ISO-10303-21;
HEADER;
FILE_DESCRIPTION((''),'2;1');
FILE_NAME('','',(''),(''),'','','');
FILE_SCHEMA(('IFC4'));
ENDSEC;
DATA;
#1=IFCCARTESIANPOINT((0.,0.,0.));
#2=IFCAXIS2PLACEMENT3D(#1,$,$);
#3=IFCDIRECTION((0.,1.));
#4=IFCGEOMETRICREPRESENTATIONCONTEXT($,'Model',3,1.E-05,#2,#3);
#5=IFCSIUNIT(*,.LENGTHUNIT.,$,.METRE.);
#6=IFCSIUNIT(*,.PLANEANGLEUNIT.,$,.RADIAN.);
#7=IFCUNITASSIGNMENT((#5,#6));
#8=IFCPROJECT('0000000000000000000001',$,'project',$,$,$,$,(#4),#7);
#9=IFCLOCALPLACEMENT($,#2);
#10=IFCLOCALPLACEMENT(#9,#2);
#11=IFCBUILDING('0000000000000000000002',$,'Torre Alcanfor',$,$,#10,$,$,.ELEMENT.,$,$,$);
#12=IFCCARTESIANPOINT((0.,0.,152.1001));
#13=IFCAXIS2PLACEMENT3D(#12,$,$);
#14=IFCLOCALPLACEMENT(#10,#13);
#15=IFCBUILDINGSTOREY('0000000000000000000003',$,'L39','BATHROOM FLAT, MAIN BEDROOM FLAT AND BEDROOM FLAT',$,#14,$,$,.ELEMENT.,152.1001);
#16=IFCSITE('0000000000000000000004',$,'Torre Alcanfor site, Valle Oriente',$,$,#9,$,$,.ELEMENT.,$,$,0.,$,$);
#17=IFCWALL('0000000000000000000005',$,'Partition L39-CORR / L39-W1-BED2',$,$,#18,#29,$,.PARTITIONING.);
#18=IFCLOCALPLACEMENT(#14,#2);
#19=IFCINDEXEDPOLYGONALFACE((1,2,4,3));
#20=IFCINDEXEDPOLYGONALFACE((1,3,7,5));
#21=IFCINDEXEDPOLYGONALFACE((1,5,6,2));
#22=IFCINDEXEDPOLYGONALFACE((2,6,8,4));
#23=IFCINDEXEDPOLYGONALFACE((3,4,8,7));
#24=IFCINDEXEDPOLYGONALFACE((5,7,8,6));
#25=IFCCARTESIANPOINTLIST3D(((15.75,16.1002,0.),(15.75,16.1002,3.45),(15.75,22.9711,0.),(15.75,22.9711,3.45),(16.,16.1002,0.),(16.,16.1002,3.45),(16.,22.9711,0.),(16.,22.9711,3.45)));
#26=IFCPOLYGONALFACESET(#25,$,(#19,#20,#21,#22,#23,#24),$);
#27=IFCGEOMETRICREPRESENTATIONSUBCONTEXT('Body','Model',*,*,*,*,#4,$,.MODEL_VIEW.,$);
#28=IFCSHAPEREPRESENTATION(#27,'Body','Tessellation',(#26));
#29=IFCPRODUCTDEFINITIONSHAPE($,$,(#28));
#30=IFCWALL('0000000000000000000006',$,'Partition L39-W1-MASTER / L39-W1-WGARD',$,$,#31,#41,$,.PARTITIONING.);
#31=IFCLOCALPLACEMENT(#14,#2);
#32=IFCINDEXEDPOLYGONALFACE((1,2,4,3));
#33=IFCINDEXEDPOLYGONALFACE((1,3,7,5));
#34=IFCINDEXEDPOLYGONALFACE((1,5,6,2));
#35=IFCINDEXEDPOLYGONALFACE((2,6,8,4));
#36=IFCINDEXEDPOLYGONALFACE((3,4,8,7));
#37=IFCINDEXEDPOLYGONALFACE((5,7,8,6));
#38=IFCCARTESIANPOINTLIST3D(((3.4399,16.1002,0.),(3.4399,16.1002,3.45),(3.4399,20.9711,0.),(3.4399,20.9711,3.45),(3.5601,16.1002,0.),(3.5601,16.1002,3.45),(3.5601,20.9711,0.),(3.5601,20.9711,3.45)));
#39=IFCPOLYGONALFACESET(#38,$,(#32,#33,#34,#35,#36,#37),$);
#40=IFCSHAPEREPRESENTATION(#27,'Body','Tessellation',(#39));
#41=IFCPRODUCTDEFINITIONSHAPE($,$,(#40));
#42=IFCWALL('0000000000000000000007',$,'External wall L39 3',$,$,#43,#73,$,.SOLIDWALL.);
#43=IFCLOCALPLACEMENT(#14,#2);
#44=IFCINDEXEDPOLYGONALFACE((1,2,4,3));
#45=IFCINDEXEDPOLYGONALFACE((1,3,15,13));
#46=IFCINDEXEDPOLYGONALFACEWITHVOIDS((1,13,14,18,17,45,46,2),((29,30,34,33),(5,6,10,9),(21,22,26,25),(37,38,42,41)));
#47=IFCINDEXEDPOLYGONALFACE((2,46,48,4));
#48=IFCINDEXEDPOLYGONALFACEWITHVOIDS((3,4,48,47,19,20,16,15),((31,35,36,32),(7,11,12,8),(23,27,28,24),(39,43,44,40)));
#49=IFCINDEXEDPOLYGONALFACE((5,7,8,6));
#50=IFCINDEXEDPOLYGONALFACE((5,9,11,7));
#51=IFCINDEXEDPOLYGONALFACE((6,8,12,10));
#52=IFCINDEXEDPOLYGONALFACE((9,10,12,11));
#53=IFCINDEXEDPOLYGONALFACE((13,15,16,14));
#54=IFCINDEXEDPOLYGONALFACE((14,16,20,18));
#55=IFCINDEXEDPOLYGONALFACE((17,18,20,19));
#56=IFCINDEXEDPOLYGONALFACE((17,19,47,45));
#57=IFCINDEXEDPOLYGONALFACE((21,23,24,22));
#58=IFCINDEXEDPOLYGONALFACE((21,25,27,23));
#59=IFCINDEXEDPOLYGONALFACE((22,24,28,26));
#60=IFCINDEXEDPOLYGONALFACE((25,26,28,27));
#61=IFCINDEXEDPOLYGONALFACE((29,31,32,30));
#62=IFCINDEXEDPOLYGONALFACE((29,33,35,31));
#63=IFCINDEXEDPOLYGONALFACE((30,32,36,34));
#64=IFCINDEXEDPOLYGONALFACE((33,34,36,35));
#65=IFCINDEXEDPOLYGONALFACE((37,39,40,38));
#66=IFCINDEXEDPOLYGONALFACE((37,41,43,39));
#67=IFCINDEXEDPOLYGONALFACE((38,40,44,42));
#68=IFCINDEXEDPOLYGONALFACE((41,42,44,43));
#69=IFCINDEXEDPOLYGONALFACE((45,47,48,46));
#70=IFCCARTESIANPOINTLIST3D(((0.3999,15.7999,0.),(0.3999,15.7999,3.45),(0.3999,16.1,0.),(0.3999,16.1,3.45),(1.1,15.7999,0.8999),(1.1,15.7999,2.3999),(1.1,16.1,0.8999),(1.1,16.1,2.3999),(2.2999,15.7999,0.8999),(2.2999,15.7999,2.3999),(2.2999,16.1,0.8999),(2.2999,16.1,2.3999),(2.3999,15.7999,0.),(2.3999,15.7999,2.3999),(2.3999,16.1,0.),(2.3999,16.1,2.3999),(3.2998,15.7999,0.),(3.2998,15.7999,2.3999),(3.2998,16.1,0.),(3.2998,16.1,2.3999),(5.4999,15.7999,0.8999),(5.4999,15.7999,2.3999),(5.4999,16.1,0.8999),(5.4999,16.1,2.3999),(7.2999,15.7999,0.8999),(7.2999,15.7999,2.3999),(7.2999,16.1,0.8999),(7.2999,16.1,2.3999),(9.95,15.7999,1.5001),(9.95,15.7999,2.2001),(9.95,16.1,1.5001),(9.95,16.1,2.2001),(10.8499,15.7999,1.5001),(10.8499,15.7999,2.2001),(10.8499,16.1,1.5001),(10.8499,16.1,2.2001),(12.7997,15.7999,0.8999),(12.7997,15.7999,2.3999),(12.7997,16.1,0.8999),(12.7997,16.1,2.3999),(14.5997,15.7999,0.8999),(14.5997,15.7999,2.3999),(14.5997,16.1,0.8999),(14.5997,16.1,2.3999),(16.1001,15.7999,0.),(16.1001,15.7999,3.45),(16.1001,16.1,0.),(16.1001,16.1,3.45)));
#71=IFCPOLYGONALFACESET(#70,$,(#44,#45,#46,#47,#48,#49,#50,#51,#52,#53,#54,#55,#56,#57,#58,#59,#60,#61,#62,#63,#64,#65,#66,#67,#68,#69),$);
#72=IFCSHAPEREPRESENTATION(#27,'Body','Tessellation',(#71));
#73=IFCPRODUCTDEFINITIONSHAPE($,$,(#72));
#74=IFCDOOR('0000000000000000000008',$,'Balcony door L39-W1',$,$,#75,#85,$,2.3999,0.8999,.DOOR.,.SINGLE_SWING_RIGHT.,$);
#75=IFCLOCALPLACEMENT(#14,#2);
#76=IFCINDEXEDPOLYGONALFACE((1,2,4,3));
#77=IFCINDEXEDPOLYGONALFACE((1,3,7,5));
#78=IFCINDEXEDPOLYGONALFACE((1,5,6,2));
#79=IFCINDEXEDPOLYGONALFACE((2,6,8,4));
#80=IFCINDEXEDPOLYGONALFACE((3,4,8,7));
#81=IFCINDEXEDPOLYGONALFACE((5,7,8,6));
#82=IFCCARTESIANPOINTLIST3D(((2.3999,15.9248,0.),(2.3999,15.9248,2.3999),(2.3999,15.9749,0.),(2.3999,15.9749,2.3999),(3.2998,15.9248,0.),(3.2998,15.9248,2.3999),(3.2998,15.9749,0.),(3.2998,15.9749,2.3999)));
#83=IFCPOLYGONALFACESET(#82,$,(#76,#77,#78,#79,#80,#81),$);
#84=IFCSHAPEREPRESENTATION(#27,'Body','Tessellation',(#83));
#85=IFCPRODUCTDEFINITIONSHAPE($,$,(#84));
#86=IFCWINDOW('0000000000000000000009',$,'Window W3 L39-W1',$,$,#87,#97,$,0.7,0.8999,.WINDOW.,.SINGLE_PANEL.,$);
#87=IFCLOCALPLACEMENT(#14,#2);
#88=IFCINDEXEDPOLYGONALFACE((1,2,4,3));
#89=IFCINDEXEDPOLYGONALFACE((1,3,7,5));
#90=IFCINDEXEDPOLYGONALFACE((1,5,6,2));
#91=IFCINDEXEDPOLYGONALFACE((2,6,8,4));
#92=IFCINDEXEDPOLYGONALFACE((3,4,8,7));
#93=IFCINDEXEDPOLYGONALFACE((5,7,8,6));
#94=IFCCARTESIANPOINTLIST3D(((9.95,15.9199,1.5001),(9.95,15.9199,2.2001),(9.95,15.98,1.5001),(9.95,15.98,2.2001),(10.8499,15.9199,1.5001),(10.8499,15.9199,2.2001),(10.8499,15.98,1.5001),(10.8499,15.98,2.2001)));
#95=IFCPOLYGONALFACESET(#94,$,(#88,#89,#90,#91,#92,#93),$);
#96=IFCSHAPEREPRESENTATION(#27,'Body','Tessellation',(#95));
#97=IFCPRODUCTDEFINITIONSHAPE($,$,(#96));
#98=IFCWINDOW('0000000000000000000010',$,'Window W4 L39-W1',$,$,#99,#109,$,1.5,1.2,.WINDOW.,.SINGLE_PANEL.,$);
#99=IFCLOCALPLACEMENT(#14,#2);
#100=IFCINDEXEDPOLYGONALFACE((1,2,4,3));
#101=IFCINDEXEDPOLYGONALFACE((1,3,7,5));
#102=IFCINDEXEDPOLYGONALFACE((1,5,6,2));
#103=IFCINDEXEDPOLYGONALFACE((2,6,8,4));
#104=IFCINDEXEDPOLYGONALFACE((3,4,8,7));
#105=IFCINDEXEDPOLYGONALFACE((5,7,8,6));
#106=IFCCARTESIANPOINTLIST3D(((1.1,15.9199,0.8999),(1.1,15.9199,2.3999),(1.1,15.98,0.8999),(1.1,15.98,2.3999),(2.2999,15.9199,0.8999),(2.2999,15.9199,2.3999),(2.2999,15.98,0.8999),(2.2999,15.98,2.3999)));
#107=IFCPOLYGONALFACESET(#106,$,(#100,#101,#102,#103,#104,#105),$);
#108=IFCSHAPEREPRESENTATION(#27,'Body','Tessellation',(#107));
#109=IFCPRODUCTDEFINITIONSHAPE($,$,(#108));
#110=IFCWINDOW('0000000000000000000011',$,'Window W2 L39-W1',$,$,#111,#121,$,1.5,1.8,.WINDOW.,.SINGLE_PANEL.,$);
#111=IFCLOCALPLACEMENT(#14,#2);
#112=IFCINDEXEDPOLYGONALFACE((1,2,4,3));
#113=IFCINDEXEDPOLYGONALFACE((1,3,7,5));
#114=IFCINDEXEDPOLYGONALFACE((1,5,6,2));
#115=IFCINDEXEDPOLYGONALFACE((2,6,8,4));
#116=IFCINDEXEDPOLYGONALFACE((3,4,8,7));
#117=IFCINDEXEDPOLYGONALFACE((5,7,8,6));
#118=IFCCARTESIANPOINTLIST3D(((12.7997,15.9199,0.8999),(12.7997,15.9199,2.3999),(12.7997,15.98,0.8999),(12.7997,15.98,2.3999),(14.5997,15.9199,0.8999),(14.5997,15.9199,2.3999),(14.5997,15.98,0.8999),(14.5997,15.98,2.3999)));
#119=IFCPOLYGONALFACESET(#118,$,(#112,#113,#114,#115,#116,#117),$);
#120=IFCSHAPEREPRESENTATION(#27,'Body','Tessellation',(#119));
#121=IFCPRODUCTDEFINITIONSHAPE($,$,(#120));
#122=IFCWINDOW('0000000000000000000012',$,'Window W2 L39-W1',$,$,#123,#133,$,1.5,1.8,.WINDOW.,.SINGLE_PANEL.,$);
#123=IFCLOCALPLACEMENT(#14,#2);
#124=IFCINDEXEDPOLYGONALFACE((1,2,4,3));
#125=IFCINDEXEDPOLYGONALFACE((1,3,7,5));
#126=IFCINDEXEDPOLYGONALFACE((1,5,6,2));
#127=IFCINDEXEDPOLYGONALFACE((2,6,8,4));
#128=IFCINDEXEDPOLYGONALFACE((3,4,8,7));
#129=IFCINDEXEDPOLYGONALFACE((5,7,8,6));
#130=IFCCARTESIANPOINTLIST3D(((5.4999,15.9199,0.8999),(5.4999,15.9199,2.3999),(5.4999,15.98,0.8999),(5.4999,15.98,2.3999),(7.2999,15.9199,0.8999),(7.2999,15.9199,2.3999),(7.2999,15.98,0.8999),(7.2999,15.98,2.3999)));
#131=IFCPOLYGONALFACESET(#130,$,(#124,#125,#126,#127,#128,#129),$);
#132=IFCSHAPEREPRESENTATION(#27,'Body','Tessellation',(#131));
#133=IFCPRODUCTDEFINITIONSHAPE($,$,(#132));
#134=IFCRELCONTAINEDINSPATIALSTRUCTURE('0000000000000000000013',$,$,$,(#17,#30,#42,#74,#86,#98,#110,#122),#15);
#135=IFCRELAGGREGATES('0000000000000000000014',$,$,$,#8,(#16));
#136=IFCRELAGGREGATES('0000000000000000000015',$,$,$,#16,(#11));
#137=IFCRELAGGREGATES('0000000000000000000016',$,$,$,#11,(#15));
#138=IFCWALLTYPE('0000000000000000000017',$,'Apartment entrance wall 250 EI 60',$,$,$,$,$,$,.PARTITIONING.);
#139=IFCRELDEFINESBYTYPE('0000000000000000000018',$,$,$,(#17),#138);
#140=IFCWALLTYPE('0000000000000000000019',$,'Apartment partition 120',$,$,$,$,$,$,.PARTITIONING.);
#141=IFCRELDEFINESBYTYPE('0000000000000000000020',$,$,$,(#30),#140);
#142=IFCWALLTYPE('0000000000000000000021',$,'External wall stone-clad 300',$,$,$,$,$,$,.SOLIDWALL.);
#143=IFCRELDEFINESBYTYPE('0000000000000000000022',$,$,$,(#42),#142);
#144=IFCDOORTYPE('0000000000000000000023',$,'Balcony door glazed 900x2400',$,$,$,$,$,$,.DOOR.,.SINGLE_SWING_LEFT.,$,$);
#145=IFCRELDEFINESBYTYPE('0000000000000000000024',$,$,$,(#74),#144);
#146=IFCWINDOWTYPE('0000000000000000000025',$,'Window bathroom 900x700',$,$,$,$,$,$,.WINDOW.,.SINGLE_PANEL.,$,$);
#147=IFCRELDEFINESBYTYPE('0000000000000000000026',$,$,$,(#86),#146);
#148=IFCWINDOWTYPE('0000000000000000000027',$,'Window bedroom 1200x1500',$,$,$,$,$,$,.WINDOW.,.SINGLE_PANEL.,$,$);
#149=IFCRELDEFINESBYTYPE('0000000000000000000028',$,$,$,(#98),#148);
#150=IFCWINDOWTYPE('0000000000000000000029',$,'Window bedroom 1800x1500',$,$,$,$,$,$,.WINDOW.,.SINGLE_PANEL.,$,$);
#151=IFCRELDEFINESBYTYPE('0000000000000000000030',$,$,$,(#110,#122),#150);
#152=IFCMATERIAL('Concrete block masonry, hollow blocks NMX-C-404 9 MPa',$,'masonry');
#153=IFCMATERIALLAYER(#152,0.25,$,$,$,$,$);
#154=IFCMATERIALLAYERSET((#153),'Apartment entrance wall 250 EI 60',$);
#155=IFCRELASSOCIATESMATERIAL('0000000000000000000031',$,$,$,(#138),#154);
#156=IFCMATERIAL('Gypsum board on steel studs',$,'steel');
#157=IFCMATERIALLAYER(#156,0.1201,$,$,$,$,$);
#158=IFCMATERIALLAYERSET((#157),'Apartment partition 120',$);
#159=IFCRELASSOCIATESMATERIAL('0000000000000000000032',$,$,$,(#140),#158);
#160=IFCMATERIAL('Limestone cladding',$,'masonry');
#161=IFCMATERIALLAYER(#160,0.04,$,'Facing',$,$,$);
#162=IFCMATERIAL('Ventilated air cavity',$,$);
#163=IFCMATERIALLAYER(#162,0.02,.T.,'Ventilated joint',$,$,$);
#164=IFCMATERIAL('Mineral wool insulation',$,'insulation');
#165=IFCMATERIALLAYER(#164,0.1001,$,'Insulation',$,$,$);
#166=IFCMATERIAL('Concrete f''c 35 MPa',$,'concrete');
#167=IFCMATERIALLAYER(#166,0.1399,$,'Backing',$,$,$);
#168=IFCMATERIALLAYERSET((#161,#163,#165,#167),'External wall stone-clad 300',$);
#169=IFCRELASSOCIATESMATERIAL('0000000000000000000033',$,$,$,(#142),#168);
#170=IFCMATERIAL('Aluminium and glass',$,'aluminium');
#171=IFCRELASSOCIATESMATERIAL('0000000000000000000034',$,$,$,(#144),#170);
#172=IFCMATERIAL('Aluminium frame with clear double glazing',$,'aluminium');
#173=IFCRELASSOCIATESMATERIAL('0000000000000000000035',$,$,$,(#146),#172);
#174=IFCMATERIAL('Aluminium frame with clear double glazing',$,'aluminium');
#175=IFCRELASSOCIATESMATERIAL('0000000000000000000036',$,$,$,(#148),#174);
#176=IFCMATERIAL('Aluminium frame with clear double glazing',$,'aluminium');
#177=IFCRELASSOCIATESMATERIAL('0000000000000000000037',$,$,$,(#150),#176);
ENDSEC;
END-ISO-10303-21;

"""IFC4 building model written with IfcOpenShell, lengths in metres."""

from ifc_helpers import new_model, si_unit, direction, frame, frame_2d, origin, place, context, subcontext, project, spatial, rectangle, extrude, material, layer, layer_set, type_object, element, fill, save


model = new_model("IFC4")

# Units and contexts
model_context = context("Model", 3, precision=1e-05, world=origin(), true_north=direction((0.0, 1.0)))
body_context = subcontext(model_context, "Body", "Model", "MODEL_VIEW")
ifc_project = project(units=[si_unit("LENGTHUNIT", "METRE"), si_unit("PLANEANGLEUNIT", "RADIAN")], contexts=[model_context])

# Site, building, storey
site_placement = place(None, origin())
site = spatial("IfcSite", under=ifc_project, at=site_placement, Name="Torre Alcanfor site, Valle Oriente", CompositionType="ELEMENT", RefElevation=0.0)
building_placement = place(site_placement, origin())
building = spatial("IfcBuilding", under=site, at=building_placement, Name="Torre Alcanfor", CompositionType="ELEMENT")
storey_placement = place(building_placement, frame((0.0, 0.0, 152.1001)))
storey = spatial("IfcBuildingStorey", under=building, at=storey_placement, Name="L39", Description="BATHROOM FLAT, MAIN BEDROOM FLAT AND BEDROOM FLAT", CompositionType="ELEMENT", Elevation=152.1001)

# Walls
ifc_material_1 = material(Name="Concrete block masonry, hollow blocks NMX-C-404 9 MPa", Category="masonry")
ifc_layer_1 = layer(ifc_material_1, 0.25)
ifc_layer_set_1 = layer_set([ifc_layer_1], Name="Apartment entrance wall 250 EI 60")
wall_type_1 = type_object("IfcWallType", Name="Apartment entrance wall 250 EI 60", PredefinedType="PARTITIONING", material=ifc_layer_set_1)
wall_1_placement = place(storey_placement, frame((15.875, 16.1001, 0.0), z_axis=(0.0, 0.0, 1.0), x_axis=(0.0, 1.0, 0.0)))
element("IfcWall", 1, at=wall_1_placement, inside=storey, type_object=wall_type_1, Name="Partition L39-CORR / L39-W1-BED2", PredefinedType="PARTITIONING", context=body_context, shape_type="SweptSolid", body=[
    extrude(rectangle(XDim=6.8708, YDim=0.25, at=frame_2d((3.4355, 0.0))), origin(), (0.0, 0.0, 1.0), 3.45),
])
ifc_material_2 = material(Name="Gypsum board on steel studs", Category="steel")
ifc_layer_2 = layer(ifc_material_2, 0.1201)
ifc_layer_set_2 = layer_set([ifc_layer_2], Name="Apartment partition 120")
wall_type_2 = type_object("IfcWallType", Name="Apartment partition 120", PredefinedType="PARTITIONING", material=ifc_layer_set_2)
wall_2_placement = place(storey_placement, frame((3.5, 16.1001, 0.0), z_axis=(0.0, 0.0, 1.0), x_axis=(0.0, 1.0, 0.0)))
element("IfcWall", 2, at=wall_2_placement, inside=storey, type_object=wall_type_2, Name="Partition L39-W1-MASTER / L39-W1-WGARD", PredefinedType="PARTITIONING", context=body_context, shape_type="SweptSolid", body=[
    extrude(rectangle(XDim=4.8708, YDim=0.1201, at=frame_2d((2.4355, 0.0))), origin(), (0.0, 0.0, 1.0), 3.45),
])

# Wall, openings, door, windows
ifc_material_3 = material(Name="Limestone cladding", Category="masonry")
ifc_layer_3 = layer(ifc_material_3, 0.04, Name="Facing")
ifc_material_4 = material(Name="Ventilated air cavity")
ifc_layer_4 = layer(ifc_material_4, 0.02, ventilated=True, Name="Ventilated joint")
ifc_material_5 = material(Name="Mineral wool insulation", Category="insulation")
ifc_layer_5 = layer(ifc_material_5, 0.1001, Name="Insulation")
ifc_material_6 = material(Name="Concrete f'c 35 MPa", Category="concrete")
ifc_layer_6 = layer(ifc_material_6, 0.1399, Name="Backing")
ifc_layer_set_3 = layer_set([ifc_layer_3, ifc_layer_4, ifc_layer_5, ifc_layer_6], Name="External wall stone-clad 300")
wall_type_3 = type_object("IfcWallType", Name="External wall stone-clad 300", PredefinedType="SOLIDWALL", material=ifc_layer_set_3)
wall_3_placement = place(storey_placement, frame((0.3999, 15.95, 0.0), z_axis=(0.0, 0.0, 1.0), x_axis=(1.0, 0.0, 0.0)))
wall_3 = element("IfcWall", 3, at=wall_3_placement, inside=storey, type_object=wall_type_3, Name="External wall L39 3", PredefinedType="SOLIDWALL", context=body_context, shape_type="SweptSolid", body=[
    extrude(rectangle(XDim=15.7002, YDim=0.3, at=frame_2d((7.8501, 0.0))), origin(), (0.0, 0.0, 1.0), 3.45),
])
opening_1_placement = place(wall_3_placement, frame((12.3999, 0.0, 0.8999)))
opening_1 = element("IfcOpeningElement", 4, at=opening_1_placement, cuts=wall_3, PredefinedType="OPENING", context=body_context, shape_type="SweptSolid", body=[
    extrude(rectangle(XDim=1.8, YDim=1.5, at=frame_2d((0.8999, 0.75))), frame((0.0, 0.1599, 0.0), z_axis=(0.0, -1.0, 0.0), x_axis=(1.0, 0.0, 0.0)), (0.0, 0.0, 1.0), 0.3201),
])
opening_2_placement = place(wall_3_placement, frame((9.55, 0.0, 1.5)))
opening_2 = element("IfcOpeningElement", 5, at=opening_2_placement, cuts=wall_3, PredefinedType="OPENING", context=body_context, shape_type="SweptSolid", body=[
    extrude(rectangle(XDim=0.8999, YDim=0.7, at=frame_2d((0.45, 0.3501))), frame((0.0, 0.1599, 0.0), z_axis=(0.0, -1.0, 0.0), x_axis=(1.0, 0.0, 0.0)), (0.0, 0.0, 1.0), 0.3201),
])
opening_3_placement = place(wall_3_placement, frame((5.1001, 0.0, 0.8999)))
opening_3 = element("IfcOpeningElement", 6, at=opening_3_placement, cuts=wall_3, PredefinedType="OPENING", context=body_context, shape_type="SweptSolid", body=[
    extrude(rectangle(XDim=1.8, YDim=1.5, at=frame_2d((0.8999, 0.75))), frame((0.0, 0.1599, 0.0), z_axis=(0.0, -1.0, 0.0), x_axis=(1.0, 0.0, 0.0)), (0.0, 0.0, 1.0), 0.3201),
])
opening_4_placement = place(wall_3_placement, frame((2.0, 0.0, 0.0)))
opening_4 = element("IfcOpeningElement", 7, at=opening_4_placement, cuts=wall_3, PredefinedType="OPENING", context=body_context, shape_type="SweptSolid", body=[
    extrude(rectangle(XDim=0.8999, YDim=2.3999, at=frame_2d((0.45, 1.2))), frame((0.0, 0.1599, 0.0), z_axis=(0.0, -1.0, 0.0), x_axis=(1.0, 0.0, 0.0)), (0.0, 0.0, 1.0), 0.3201),
])
opening_5_placement = place(wall_3_placement, frame((0.7, 0.0, 0.8999)))
opening_5 = element("IfcOpeningElement", 8, at=opening_5_placement, cuts=wall_3, PredefinedType="OPENING", context=body_context, shape_type="SweptSolid", body=[
    extrude(rectangle(XDim=1.2, YDim=1.5, at=frame_2d((0.6001, 0.75))), frame((0.0, 0.1599, 0.0), z_axis=(0.0, -1.0, 0.0), x_axis=(1.0, 0.0, 0.0)), (0.0, 0.0, 1.0), 0.3201),
])
ifc_material_7 = material(Name="Aluminium and glass", Category="aluminium")
door_type = type_object("IfcDoorType", Name="Balcony door glazed 900x2400", OperationType="SINGLE_SWING_LEFT", PredefinedType="DOOR", material=ifc_material_7)
door_placement = place(opening_4_placement, origin())
door = element("IfcDoor", 9, at=door_placement, inside=storey, type_object=door_type, Name="Balcony door L39-W1", OperationType="SINGLE_SWING_RIGHT", OverallHeight=2.3999, OverallWidth=0.8999, PredefinedType="DOOR", context=body_context, shape_type="SweptSolid", body=[
    extrude(rectangle(XDim=0.8999, YDim=2.3999, at=frame_2d((0.45, 1.2))), frame((0.0, 0.0249, 0.0), z_axis=(0.0, -1.0, 0.0), x_axis=(1.0, 0.0, 0.0)), (0.0, 0.0, 1.0), 0.05),
])
fill(opening_4, door)
ifc_material_8 = material(Name="Aluminium frame with clear double glazing", Category="aluminium")
window_type_1 = type_object("IfcWindowType", Name="Window bathroom 900x700", PartitioningType="SINGLE_PANEL", PredefinedType="WINDOW", material=ifc_material_8)
window_1_placement = place(opening_2_placement, origin())
window_1 = element("IfcWindow", 10, at=window_1_placement, inside=storey, type_object=window_type_1, Name="Window W3 L39-W1", OverallHeight=0.7, OverallWidth=0.8999, PartitioningType="SINGLE_PANEL", PredefinedType="WINDOW", context=body_context, shape_type="SweptSolid", body=[
    extrude(rectangle(XDim=0.8999, YDim=0.7, at=frame_2d((0.45, 0.3501))), frame((0.0, 0.03, 0.0), z_axis=(0.0, -1.0, 0.0), x_axis=(1.0, 0.0, 0.0)), (0.0, 0.0, 1.0), 0.0601),
])
fill(opening_2, window_1)
ifc_material_9 = material(Name="Aluminium frame with clear double glazing", Category="aluminium")
window_type_2 = type_object("IfcWindowType", Name="Window bedroom 1200x1500", PartitioningType="SINGLE_PANEL", PredefinedType="WINDOW", material=ifc_material_9)
window_2_placement = place(opening_5_placement, origin())
window_2 = element("IfcWindow", 11, at=window_2_placement, inside=storey, type_object=window_type_2, Name="Window W4 L39-W1", OverallHeight=1.5, OverallWidth=1.2, PartitioningType="SINGLE_PANEL", PredefinedType="WINDOW", context=body_context, shape_type="SweptSolid", body=[
    extrude(rectangle(XDim=1.2, YDim=1.5, at=frame_2d((0.6001, 0.75))), frame((0.0, 0.03, 0.0), z_axis=(0.0, -1.0, 0.0), x_axis=(1.0, 0.0, 0.0)), (0.0, 0.0, 1.0), 0.0601),
])
fill(opening_5, window_2)
ifc_material_10 = material(Name="Aluminium frame with clear double glazing", Category="aluminium")
window_type_3 = type_object("IfcWindowType", Name="Window bedroom 1800x1500", PartitioningType="SINGLE_PANEL", PredefinedType="WINDOW", material=ifc_material_10)
window_3_placement = place(opening_1_placement, origin())
window_3 = element("IfcWindow", 12, at=window_3_placement, inside=storey, type_object=window_type_3, Name="Window W2 L39-W1", OverallHeight=1.5, OverallWidth=1.8, PartitioningType="SINGLE_PANEL", PredefinedType="WINDOW", context=body_context, shape_type="SweptSolid", body=[
    extrude(rectangle(XDim=1.8, YDim=1.5, at=frame_2d((0.8999, 0.75))), frame((0.0, 0.03, 0.0), z_axis=(0.0, -1.0, 0.0), x_axis=(1.0, 0.0, 0.0)), (0.0, 0.0, 1.0), 0.0601),
])
fill(opening_1, window_3)
window_4_placement = place(opening_3_placement, origin())
window_4 = element("IfcWindow", 13, at=window_4_placement, inside=storey, type_object=window_type_3, Name="Window W2 L39-W1", OverallHeight=1.5, OverallWidth=1.8, PartitioningType="SINGLE_PANEL", PredefinedType="WINDOW", context=body_context, shape_type="SweptSolid", body=[
    extrude(rectangle(XDim=1.8, YDim=1.5, at=frame_2d((0.8999, 0.75))), frame((0.0, 0.03, 0.0), z_axis=(0.0, -1.0, 0.0), x_axis=(1.0, 0.0, 0.0)), (0.0, 0.0, 1.0), 0.0601),
])
fill(opening_3, window_4)

save(model, "model.ifc")
